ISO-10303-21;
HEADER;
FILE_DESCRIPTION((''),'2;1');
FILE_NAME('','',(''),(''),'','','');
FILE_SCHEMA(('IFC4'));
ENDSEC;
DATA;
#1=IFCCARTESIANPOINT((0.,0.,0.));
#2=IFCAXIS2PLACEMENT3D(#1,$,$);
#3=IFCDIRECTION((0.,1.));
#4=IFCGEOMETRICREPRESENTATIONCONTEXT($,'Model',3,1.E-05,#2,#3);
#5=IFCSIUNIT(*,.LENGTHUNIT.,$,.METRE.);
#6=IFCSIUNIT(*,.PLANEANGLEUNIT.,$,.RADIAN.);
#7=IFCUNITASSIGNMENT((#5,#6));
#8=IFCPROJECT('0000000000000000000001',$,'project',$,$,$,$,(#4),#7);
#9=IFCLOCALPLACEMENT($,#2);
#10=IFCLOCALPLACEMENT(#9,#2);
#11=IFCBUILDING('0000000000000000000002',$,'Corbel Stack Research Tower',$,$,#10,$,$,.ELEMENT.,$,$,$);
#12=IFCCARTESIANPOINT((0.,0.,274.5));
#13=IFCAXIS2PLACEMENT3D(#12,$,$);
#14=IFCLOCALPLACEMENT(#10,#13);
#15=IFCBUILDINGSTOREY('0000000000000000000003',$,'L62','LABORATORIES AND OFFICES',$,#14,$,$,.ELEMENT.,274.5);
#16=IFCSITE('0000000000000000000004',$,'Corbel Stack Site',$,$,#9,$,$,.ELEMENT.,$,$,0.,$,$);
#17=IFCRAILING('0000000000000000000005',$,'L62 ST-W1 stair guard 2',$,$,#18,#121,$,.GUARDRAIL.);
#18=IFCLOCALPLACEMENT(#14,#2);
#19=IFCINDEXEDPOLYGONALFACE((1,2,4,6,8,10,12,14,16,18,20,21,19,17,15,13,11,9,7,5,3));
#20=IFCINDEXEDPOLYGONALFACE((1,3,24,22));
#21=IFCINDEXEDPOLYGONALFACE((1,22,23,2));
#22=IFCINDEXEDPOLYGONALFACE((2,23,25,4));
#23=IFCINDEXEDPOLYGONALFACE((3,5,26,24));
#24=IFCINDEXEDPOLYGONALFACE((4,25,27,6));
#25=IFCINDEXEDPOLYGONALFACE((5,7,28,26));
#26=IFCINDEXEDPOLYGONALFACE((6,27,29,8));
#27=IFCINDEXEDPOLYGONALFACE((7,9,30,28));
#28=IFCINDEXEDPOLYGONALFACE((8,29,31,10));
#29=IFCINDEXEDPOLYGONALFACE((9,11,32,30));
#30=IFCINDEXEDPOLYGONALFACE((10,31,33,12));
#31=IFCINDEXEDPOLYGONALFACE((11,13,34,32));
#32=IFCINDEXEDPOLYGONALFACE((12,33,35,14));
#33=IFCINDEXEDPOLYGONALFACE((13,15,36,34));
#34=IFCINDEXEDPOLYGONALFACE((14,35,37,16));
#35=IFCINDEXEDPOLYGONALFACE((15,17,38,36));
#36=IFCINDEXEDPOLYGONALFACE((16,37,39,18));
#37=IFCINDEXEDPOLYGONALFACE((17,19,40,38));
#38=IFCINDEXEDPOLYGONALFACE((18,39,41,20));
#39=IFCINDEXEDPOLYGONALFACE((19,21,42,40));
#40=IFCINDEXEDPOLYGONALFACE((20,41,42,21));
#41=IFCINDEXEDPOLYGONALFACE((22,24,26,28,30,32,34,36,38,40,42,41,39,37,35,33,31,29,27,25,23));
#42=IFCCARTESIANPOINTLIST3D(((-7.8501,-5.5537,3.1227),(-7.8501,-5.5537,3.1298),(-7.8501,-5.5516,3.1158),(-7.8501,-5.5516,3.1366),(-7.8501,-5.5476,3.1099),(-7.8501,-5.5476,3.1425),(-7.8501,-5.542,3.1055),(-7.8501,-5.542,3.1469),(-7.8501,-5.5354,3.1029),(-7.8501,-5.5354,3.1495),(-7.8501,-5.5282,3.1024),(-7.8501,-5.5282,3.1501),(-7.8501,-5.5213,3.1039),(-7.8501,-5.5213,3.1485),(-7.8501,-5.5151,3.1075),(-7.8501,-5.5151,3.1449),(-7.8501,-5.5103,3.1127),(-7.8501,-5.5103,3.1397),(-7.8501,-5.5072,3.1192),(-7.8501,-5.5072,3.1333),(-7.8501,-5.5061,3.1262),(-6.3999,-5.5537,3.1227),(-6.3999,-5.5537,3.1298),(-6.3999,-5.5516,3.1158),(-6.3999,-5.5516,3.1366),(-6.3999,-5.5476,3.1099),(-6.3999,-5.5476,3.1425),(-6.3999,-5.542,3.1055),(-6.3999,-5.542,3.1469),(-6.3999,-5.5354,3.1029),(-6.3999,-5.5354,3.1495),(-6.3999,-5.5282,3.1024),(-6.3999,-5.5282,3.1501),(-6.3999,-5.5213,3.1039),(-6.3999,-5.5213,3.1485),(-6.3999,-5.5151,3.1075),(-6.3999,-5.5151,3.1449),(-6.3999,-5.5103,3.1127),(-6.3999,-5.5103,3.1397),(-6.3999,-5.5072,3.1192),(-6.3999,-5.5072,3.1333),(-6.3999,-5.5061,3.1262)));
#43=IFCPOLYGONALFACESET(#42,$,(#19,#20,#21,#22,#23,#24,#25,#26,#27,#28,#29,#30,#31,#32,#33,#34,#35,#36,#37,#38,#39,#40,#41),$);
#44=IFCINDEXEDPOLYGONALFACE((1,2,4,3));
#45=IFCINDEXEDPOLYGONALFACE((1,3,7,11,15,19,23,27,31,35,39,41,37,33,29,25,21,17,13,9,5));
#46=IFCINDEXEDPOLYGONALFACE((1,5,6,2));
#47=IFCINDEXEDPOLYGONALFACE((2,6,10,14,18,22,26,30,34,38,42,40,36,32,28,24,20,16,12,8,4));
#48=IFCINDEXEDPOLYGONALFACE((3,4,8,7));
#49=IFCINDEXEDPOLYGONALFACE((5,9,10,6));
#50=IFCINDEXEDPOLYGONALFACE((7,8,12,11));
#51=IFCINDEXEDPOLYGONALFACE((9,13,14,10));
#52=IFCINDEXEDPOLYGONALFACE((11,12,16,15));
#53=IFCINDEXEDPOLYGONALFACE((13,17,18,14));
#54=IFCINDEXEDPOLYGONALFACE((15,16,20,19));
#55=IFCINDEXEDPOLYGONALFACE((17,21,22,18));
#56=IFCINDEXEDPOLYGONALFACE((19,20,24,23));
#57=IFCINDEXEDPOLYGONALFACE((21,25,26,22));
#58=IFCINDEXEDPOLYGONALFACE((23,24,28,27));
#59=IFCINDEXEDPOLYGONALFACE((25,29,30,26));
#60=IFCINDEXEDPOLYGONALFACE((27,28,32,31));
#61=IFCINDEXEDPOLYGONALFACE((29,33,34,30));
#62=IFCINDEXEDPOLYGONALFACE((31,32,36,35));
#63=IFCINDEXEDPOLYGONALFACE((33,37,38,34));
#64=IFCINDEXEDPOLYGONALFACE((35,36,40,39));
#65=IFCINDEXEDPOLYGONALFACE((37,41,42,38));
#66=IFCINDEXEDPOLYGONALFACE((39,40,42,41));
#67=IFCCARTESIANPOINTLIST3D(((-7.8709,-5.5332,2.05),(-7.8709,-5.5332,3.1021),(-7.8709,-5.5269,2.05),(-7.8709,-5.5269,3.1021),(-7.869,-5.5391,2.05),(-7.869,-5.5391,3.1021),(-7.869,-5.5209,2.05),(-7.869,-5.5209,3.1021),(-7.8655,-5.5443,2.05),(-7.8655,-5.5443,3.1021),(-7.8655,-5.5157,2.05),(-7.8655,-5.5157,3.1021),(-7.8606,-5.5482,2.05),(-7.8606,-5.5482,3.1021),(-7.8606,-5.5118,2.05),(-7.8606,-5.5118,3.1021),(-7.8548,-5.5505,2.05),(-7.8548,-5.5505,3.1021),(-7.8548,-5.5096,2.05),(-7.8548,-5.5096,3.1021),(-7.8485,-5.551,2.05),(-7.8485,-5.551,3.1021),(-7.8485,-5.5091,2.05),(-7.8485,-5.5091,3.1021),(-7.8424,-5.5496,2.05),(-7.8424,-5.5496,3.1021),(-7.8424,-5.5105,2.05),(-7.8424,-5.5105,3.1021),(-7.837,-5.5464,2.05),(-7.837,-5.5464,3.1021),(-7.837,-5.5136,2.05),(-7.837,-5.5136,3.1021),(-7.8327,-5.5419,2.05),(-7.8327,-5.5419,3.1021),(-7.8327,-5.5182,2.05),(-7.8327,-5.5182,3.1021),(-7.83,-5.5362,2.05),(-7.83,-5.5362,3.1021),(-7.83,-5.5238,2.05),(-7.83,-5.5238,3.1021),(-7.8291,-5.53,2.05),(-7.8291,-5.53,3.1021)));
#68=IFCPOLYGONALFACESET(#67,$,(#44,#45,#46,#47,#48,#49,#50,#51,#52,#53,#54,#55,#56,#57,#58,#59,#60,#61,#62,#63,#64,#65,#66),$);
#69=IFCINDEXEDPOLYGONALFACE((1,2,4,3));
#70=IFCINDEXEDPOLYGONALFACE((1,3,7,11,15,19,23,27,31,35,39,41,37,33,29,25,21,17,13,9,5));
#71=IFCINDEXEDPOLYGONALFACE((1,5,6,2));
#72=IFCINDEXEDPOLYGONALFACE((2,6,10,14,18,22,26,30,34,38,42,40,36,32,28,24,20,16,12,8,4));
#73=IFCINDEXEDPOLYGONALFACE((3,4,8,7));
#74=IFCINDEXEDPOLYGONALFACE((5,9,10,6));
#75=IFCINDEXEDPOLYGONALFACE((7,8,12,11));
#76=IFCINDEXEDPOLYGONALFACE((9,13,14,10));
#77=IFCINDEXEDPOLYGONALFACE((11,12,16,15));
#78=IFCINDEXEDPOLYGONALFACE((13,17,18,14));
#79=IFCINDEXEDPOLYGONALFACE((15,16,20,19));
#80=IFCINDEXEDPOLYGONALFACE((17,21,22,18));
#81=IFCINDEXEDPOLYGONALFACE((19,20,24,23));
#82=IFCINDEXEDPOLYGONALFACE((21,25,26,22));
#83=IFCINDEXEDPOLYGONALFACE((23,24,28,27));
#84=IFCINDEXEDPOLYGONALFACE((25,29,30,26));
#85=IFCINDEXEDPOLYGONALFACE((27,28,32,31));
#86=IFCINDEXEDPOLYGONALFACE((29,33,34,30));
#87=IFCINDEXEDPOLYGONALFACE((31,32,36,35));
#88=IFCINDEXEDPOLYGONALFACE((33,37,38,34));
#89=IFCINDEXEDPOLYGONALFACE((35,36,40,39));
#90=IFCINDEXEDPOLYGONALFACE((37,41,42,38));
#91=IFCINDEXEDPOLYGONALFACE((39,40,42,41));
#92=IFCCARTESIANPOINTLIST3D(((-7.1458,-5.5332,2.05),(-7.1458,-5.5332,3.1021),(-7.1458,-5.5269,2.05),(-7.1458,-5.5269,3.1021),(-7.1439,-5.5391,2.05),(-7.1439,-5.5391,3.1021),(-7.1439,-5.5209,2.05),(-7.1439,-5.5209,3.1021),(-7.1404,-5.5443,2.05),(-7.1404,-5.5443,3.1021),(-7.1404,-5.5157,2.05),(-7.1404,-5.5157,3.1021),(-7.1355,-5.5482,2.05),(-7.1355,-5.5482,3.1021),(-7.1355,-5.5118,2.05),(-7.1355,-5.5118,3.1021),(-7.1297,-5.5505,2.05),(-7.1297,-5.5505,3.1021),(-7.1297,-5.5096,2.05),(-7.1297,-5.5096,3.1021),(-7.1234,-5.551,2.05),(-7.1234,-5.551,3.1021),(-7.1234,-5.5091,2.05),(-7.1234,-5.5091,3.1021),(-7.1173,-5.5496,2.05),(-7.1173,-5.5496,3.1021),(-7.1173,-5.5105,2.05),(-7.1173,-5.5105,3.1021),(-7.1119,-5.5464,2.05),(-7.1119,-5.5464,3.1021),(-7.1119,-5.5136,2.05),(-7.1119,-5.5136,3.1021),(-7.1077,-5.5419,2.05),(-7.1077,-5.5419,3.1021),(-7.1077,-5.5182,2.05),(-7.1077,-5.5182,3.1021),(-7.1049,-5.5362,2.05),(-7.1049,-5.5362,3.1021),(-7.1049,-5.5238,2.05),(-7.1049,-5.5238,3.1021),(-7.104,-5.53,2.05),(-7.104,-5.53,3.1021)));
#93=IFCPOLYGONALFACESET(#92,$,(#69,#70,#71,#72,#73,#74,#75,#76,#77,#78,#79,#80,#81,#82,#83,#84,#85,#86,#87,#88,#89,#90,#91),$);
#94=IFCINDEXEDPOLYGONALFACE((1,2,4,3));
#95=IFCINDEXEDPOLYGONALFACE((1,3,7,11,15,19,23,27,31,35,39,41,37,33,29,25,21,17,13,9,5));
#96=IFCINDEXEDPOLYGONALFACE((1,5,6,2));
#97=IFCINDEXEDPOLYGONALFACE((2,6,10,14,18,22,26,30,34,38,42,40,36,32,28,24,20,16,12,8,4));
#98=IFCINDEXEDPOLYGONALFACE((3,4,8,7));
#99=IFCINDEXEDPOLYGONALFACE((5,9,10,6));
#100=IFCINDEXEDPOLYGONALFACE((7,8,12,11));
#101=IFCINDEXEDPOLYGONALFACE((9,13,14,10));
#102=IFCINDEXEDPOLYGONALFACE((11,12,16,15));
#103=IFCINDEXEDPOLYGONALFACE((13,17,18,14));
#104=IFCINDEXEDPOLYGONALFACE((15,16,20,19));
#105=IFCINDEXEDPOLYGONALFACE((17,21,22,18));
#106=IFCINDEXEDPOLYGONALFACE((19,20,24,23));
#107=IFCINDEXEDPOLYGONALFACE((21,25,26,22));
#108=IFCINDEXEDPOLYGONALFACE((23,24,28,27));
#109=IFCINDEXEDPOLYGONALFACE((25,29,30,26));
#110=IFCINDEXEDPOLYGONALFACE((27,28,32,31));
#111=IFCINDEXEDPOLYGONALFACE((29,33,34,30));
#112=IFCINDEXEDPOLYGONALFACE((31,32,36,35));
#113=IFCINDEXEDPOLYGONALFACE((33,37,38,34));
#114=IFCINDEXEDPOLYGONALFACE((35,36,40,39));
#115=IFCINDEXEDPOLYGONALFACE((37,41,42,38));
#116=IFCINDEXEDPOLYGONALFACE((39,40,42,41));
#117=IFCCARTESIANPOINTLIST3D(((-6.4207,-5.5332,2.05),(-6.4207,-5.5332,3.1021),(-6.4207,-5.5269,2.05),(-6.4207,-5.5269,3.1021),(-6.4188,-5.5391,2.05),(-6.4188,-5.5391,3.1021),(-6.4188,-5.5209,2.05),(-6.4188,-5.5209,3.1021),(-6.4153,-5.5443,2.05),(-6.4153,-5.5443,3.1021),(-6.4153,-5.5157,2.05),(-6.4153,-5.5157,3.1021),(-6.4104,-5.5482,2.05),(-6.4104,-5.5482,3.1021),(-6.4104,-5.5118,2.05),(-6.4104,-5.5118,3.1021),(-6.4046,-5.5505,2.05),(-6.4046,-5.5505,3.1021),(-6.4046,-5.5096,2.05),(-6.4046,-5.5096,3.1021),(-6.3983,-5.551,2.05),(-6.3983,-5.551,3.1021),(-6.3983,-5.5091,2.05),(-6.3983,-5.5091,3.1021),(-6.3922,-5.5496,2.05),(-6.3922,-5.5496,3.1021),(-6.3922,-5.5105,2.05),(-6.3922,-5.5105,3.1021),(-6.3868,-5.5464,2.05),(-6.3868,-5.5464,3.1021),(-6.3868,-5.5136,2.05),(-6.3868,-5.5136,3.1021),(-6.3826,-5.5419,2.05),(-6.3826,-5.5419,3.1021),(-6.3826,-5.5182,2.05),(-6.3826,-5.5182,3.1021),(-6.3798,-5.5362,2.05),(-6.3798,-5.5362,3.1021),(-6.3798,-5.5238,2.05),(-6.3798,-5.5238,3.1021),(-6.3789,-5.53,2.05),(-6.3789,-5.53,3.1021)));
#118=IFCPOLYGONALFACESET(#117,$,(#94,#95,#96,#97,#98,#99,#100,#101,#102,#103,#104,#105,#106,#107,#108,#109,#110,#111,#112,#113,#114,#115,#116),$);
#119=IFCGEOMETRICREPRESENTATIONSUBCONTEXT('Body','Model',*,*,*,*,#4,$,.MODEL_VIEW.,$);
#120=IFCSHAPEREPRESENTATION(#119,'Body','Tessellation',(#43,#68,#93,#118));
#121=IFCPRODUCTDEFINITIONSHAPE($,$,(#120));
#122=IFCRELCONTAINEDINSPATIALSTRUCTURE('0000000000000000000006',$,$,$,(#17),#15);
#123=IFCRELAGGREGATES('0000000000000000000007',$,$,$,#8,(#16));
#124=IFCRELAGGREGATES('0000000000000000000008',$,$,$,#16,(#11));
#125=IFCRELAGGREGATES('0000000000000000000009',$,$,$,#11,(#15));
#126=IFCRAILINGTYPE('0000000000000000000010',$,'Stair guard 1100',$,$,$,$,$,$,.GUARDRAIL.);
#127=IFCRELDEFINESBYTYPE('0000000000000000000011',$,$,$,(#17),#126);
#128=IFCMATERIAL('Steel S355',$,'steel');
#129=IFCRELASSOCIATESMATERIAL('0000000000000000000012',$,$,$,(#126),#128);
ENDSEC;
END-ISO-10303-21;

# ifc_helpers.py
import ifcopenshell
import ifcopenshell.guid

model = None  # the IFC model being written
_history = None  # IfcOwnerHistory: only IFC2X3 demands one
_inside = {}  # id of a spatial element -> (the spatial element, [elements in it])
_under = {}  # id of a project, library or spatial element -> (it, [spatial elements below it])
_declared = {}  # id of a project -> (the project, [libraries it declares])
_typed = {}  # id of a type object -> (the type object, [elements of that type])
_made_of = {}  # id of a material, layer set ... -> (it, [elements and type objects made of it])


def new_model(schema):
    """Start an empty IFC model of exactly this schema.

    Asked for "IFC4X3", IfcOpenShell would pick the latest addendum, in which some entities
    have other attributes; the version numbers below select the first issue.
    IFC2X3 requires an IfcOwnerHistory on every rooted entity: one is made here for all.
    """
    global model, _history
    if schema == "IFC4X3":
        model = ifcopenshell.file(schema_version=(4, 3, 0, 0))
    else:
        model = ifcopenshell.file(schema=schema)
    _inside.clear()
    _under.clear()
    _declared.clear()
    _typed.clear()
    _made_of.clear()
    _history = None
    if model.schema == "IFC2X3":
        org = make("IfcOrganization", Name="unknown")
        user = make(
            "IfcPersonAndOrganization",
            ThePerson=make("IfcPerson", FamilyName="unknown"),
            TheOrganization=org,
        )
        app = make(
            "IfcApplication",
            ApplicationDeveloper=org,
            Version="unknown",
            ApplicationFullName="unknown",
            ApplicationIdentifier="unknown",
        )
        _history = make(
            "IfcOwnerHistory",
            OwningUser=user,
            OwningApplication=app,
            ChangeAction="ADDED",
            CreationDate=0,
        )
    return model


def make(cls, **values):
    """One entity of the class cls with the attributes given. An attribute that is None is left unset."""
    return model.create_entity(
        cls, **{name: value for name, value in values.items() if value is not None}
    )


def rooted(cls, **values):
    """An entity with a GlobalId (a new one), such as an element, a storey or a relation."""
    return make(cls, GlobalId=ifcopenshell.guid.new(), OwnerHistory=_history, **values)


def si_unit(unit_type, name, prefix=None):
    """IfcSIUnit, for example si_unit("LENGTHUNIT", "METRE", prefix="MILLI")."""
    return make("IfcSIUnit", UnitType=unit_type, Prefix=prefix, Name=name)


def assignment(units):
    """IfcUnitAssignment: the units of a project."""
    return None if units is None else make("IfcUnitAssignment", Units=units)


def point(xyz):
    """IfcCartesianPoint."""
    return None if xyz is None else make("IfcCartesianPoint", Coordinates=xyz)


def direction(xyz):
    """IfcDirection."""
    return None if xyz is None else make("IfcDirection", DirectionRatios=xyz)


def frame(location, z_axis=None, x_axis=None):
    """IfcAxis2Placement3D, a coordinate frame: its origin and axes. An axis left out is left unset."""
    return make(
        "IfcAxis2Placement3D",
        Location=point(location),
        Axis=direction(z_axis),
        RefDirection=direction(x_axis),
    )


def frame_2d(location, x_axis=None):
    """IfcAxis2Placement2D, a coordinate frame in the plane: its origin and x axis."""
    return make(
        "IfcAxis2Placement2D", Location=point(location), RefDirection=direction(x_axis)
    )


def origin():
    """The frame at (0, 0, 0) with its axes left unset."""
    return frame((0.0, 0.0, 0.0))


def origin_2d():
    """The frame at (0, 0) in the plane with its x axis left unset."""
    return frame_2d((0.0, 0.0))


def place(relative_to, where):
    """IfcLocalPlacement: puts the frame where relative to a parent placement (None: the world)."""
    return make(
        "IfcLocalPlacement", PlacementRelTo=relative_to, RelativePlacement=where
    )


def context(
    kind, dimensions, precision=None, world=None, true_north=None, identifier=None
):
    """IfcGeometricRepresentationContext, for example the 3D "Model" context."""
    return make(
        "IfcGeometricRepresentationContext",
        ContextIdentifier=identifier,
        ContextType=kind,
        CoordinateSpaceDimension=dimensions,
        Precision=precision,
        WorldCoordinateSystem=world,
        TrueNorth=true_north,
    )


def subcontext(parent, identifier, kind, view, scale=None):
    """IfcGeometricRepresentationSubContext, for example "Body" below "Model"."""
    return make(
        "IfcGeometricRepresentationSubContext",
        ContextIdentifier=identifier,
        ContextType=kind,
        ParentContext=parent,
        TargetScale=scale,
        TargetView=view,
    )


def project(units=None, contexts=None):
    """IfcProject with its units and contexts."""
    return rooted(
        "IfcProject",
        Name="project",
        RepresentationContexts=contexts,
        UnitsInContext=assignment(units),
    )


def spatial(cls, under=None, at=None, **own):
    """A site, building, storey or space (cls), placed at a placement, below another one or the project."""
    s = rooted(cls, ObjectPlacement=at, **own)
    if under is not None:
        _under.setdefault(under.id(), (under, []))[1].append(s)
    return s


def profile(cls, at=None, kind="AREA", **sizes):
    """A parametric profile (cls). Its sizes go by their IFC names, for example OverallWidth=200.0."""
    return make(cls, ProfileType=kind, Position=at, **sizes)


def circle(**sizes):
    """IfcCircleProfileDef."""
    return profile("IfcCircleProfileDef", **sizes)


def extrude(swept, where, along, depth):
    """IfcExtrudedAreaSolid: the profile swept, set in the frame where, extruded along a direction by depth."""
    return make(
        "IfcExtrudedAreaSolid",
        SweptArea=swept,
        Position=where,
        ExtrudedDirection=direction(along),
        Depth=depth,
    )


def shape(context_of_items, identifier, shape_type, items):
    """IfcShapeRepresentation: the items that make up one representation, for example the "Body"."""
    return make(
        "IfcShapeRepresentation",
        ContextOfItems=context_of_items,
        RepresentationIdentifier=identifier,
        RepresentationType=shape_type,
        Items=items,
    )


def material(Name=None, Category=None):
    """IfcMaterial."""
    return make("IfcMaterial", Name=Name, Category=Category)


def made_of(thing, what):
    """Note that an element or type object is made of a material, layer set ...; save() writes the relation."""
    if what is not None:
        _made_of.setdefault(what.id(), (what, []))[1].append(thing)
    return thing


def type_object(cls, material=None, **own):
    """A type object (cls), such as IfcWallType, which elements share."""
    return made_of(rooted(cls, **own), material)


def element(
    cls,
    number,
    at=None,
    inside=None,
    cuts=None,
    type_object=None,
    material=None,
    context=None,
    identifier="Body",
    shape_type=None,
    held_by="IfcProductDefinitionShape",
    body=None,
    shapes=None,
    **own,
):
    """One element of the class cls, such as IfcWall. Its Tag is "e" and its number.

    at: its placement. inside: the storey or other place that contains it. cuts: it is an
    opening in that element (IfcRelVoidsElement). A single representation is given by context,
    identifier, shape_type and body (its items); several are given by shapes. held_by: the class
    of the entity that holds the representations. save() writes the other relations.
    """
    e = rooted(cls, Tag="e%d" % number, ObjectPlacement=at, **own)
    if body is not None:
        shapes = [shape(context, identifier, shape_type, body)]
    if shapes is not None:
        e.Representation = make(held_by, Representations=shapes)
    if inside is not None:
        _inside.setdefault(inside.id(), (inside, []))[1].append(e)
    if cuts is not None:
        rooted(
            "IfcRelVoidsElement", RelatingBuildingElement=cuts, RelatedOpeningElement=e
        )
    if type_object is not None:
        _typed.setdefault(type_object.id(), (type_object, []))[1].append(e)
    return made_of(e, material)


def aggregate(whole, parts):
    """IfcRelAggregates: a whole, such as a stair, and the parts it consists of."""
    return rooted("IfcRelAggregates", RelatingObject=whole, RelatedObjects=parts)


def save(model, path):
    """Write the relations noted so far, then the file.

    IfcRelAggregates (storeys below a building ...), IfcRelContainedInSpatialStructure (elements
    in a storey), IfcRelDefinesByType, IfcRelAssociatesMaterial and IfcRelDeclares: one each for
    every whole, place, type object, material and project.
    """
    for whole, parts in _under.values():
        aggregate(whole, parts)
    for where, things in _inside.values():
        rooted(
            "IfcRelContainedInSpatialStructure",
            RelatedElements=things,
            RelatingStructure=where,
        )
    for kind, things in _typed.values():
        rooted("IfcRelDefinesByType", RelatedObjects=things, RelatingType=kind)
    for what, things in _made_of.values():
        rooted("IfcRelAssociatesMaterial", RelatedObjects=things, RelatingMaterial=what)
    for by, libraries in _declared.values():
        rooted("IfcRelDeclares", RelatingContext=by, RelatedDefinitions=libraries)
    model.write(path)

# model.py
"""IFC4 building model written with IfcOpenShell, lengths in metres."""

from ifc_helpers import new_model, si_unit, direction, frame, origin, origin_2d, place, context, subcontext, project, spatial, circle, extrude, material, type_object, element, save


model = new_model("IFC4")

# Units and contexts
model_context = context("Model", 3, precision=1e-05, world=origin(), true_north=direction((0.0, 1.0)))
body_context = subcontext(model_context, "Body", "Model", "MODEL_VIEW")
ifc_project = project(units=[si_unit("LENGTHUNIT", "METRE"), si_unit("PLANEANGLEUNIT", "RADIAN")], contexts=[model_context])

# Site, building, storey
site_placement = place(None, origin())
site = spatial("IfcSite", under=ifc_project, at=site_placement, Name="Corbel Stack Site", CompositionType="ELEMENT", RefElevation=0.0)
building_placement = place(site_placement, origin())
building = spatial("IfcBuilding", under=site, at=building_placement, Name="Corbel Stack Research Tower", CompositionType="ELEMENT")
storey_placement = place(building_placement, frame((0.0, 0.0, 274.5)))
storey = spatial("IfcBuildingStorey", under=building, at=storey_placement, Name="L62", Description="LABORATORIES AND OFFICES", CompositionType="ELEMENT", Elevation=274.5)

# Railing
ifc_material_1 = material(Name="Steel S355", Category="steel")
railing_type_1 = type_object("IfcRailingType", Name="Stair guard 1100", PredefinedType="GUARDRAIL", material=ifc_material_1)
railing_1_placement = place(storey_placement, frame((-7.8501, -5.53, 2.05)))
element("IfcRailing", 1, at=railing_1_placement, inside=storey, type_object=railing_type_1, Name="L62 ST-W1 stair guard 2", PredefinedType="GUARDRAIL", context=body_context, shape_type="SweptSolid", body=[
    extrude(circle(Radius=0.0239, at=origin_2d()), frame((0.0, 0.0, 1.0762), z_axis=(1.0, 0.0, 0.0), x_axis=(0.0, 1.0, 0.0)), (0.0, 0.0, 1.0), 1.4502),
    extrude(circle(Radius=0.021, at=origin_2d()), origin(), (0.0, 0.0, 1.0), 1.052),
    extrude(circle(Radius=0.021, at=origin_2d()), frame((0.7251, 0.0, 0.0)), (0.0, 0.0, 1.0), 1.052),
    extrude(circle(Radius=0.021, at=origin_2d()), frame((1.4502, 0.0, 0.0)), (0.0, 0.0, 1.0), 1.052),
])

save(model, "model.ifc")
